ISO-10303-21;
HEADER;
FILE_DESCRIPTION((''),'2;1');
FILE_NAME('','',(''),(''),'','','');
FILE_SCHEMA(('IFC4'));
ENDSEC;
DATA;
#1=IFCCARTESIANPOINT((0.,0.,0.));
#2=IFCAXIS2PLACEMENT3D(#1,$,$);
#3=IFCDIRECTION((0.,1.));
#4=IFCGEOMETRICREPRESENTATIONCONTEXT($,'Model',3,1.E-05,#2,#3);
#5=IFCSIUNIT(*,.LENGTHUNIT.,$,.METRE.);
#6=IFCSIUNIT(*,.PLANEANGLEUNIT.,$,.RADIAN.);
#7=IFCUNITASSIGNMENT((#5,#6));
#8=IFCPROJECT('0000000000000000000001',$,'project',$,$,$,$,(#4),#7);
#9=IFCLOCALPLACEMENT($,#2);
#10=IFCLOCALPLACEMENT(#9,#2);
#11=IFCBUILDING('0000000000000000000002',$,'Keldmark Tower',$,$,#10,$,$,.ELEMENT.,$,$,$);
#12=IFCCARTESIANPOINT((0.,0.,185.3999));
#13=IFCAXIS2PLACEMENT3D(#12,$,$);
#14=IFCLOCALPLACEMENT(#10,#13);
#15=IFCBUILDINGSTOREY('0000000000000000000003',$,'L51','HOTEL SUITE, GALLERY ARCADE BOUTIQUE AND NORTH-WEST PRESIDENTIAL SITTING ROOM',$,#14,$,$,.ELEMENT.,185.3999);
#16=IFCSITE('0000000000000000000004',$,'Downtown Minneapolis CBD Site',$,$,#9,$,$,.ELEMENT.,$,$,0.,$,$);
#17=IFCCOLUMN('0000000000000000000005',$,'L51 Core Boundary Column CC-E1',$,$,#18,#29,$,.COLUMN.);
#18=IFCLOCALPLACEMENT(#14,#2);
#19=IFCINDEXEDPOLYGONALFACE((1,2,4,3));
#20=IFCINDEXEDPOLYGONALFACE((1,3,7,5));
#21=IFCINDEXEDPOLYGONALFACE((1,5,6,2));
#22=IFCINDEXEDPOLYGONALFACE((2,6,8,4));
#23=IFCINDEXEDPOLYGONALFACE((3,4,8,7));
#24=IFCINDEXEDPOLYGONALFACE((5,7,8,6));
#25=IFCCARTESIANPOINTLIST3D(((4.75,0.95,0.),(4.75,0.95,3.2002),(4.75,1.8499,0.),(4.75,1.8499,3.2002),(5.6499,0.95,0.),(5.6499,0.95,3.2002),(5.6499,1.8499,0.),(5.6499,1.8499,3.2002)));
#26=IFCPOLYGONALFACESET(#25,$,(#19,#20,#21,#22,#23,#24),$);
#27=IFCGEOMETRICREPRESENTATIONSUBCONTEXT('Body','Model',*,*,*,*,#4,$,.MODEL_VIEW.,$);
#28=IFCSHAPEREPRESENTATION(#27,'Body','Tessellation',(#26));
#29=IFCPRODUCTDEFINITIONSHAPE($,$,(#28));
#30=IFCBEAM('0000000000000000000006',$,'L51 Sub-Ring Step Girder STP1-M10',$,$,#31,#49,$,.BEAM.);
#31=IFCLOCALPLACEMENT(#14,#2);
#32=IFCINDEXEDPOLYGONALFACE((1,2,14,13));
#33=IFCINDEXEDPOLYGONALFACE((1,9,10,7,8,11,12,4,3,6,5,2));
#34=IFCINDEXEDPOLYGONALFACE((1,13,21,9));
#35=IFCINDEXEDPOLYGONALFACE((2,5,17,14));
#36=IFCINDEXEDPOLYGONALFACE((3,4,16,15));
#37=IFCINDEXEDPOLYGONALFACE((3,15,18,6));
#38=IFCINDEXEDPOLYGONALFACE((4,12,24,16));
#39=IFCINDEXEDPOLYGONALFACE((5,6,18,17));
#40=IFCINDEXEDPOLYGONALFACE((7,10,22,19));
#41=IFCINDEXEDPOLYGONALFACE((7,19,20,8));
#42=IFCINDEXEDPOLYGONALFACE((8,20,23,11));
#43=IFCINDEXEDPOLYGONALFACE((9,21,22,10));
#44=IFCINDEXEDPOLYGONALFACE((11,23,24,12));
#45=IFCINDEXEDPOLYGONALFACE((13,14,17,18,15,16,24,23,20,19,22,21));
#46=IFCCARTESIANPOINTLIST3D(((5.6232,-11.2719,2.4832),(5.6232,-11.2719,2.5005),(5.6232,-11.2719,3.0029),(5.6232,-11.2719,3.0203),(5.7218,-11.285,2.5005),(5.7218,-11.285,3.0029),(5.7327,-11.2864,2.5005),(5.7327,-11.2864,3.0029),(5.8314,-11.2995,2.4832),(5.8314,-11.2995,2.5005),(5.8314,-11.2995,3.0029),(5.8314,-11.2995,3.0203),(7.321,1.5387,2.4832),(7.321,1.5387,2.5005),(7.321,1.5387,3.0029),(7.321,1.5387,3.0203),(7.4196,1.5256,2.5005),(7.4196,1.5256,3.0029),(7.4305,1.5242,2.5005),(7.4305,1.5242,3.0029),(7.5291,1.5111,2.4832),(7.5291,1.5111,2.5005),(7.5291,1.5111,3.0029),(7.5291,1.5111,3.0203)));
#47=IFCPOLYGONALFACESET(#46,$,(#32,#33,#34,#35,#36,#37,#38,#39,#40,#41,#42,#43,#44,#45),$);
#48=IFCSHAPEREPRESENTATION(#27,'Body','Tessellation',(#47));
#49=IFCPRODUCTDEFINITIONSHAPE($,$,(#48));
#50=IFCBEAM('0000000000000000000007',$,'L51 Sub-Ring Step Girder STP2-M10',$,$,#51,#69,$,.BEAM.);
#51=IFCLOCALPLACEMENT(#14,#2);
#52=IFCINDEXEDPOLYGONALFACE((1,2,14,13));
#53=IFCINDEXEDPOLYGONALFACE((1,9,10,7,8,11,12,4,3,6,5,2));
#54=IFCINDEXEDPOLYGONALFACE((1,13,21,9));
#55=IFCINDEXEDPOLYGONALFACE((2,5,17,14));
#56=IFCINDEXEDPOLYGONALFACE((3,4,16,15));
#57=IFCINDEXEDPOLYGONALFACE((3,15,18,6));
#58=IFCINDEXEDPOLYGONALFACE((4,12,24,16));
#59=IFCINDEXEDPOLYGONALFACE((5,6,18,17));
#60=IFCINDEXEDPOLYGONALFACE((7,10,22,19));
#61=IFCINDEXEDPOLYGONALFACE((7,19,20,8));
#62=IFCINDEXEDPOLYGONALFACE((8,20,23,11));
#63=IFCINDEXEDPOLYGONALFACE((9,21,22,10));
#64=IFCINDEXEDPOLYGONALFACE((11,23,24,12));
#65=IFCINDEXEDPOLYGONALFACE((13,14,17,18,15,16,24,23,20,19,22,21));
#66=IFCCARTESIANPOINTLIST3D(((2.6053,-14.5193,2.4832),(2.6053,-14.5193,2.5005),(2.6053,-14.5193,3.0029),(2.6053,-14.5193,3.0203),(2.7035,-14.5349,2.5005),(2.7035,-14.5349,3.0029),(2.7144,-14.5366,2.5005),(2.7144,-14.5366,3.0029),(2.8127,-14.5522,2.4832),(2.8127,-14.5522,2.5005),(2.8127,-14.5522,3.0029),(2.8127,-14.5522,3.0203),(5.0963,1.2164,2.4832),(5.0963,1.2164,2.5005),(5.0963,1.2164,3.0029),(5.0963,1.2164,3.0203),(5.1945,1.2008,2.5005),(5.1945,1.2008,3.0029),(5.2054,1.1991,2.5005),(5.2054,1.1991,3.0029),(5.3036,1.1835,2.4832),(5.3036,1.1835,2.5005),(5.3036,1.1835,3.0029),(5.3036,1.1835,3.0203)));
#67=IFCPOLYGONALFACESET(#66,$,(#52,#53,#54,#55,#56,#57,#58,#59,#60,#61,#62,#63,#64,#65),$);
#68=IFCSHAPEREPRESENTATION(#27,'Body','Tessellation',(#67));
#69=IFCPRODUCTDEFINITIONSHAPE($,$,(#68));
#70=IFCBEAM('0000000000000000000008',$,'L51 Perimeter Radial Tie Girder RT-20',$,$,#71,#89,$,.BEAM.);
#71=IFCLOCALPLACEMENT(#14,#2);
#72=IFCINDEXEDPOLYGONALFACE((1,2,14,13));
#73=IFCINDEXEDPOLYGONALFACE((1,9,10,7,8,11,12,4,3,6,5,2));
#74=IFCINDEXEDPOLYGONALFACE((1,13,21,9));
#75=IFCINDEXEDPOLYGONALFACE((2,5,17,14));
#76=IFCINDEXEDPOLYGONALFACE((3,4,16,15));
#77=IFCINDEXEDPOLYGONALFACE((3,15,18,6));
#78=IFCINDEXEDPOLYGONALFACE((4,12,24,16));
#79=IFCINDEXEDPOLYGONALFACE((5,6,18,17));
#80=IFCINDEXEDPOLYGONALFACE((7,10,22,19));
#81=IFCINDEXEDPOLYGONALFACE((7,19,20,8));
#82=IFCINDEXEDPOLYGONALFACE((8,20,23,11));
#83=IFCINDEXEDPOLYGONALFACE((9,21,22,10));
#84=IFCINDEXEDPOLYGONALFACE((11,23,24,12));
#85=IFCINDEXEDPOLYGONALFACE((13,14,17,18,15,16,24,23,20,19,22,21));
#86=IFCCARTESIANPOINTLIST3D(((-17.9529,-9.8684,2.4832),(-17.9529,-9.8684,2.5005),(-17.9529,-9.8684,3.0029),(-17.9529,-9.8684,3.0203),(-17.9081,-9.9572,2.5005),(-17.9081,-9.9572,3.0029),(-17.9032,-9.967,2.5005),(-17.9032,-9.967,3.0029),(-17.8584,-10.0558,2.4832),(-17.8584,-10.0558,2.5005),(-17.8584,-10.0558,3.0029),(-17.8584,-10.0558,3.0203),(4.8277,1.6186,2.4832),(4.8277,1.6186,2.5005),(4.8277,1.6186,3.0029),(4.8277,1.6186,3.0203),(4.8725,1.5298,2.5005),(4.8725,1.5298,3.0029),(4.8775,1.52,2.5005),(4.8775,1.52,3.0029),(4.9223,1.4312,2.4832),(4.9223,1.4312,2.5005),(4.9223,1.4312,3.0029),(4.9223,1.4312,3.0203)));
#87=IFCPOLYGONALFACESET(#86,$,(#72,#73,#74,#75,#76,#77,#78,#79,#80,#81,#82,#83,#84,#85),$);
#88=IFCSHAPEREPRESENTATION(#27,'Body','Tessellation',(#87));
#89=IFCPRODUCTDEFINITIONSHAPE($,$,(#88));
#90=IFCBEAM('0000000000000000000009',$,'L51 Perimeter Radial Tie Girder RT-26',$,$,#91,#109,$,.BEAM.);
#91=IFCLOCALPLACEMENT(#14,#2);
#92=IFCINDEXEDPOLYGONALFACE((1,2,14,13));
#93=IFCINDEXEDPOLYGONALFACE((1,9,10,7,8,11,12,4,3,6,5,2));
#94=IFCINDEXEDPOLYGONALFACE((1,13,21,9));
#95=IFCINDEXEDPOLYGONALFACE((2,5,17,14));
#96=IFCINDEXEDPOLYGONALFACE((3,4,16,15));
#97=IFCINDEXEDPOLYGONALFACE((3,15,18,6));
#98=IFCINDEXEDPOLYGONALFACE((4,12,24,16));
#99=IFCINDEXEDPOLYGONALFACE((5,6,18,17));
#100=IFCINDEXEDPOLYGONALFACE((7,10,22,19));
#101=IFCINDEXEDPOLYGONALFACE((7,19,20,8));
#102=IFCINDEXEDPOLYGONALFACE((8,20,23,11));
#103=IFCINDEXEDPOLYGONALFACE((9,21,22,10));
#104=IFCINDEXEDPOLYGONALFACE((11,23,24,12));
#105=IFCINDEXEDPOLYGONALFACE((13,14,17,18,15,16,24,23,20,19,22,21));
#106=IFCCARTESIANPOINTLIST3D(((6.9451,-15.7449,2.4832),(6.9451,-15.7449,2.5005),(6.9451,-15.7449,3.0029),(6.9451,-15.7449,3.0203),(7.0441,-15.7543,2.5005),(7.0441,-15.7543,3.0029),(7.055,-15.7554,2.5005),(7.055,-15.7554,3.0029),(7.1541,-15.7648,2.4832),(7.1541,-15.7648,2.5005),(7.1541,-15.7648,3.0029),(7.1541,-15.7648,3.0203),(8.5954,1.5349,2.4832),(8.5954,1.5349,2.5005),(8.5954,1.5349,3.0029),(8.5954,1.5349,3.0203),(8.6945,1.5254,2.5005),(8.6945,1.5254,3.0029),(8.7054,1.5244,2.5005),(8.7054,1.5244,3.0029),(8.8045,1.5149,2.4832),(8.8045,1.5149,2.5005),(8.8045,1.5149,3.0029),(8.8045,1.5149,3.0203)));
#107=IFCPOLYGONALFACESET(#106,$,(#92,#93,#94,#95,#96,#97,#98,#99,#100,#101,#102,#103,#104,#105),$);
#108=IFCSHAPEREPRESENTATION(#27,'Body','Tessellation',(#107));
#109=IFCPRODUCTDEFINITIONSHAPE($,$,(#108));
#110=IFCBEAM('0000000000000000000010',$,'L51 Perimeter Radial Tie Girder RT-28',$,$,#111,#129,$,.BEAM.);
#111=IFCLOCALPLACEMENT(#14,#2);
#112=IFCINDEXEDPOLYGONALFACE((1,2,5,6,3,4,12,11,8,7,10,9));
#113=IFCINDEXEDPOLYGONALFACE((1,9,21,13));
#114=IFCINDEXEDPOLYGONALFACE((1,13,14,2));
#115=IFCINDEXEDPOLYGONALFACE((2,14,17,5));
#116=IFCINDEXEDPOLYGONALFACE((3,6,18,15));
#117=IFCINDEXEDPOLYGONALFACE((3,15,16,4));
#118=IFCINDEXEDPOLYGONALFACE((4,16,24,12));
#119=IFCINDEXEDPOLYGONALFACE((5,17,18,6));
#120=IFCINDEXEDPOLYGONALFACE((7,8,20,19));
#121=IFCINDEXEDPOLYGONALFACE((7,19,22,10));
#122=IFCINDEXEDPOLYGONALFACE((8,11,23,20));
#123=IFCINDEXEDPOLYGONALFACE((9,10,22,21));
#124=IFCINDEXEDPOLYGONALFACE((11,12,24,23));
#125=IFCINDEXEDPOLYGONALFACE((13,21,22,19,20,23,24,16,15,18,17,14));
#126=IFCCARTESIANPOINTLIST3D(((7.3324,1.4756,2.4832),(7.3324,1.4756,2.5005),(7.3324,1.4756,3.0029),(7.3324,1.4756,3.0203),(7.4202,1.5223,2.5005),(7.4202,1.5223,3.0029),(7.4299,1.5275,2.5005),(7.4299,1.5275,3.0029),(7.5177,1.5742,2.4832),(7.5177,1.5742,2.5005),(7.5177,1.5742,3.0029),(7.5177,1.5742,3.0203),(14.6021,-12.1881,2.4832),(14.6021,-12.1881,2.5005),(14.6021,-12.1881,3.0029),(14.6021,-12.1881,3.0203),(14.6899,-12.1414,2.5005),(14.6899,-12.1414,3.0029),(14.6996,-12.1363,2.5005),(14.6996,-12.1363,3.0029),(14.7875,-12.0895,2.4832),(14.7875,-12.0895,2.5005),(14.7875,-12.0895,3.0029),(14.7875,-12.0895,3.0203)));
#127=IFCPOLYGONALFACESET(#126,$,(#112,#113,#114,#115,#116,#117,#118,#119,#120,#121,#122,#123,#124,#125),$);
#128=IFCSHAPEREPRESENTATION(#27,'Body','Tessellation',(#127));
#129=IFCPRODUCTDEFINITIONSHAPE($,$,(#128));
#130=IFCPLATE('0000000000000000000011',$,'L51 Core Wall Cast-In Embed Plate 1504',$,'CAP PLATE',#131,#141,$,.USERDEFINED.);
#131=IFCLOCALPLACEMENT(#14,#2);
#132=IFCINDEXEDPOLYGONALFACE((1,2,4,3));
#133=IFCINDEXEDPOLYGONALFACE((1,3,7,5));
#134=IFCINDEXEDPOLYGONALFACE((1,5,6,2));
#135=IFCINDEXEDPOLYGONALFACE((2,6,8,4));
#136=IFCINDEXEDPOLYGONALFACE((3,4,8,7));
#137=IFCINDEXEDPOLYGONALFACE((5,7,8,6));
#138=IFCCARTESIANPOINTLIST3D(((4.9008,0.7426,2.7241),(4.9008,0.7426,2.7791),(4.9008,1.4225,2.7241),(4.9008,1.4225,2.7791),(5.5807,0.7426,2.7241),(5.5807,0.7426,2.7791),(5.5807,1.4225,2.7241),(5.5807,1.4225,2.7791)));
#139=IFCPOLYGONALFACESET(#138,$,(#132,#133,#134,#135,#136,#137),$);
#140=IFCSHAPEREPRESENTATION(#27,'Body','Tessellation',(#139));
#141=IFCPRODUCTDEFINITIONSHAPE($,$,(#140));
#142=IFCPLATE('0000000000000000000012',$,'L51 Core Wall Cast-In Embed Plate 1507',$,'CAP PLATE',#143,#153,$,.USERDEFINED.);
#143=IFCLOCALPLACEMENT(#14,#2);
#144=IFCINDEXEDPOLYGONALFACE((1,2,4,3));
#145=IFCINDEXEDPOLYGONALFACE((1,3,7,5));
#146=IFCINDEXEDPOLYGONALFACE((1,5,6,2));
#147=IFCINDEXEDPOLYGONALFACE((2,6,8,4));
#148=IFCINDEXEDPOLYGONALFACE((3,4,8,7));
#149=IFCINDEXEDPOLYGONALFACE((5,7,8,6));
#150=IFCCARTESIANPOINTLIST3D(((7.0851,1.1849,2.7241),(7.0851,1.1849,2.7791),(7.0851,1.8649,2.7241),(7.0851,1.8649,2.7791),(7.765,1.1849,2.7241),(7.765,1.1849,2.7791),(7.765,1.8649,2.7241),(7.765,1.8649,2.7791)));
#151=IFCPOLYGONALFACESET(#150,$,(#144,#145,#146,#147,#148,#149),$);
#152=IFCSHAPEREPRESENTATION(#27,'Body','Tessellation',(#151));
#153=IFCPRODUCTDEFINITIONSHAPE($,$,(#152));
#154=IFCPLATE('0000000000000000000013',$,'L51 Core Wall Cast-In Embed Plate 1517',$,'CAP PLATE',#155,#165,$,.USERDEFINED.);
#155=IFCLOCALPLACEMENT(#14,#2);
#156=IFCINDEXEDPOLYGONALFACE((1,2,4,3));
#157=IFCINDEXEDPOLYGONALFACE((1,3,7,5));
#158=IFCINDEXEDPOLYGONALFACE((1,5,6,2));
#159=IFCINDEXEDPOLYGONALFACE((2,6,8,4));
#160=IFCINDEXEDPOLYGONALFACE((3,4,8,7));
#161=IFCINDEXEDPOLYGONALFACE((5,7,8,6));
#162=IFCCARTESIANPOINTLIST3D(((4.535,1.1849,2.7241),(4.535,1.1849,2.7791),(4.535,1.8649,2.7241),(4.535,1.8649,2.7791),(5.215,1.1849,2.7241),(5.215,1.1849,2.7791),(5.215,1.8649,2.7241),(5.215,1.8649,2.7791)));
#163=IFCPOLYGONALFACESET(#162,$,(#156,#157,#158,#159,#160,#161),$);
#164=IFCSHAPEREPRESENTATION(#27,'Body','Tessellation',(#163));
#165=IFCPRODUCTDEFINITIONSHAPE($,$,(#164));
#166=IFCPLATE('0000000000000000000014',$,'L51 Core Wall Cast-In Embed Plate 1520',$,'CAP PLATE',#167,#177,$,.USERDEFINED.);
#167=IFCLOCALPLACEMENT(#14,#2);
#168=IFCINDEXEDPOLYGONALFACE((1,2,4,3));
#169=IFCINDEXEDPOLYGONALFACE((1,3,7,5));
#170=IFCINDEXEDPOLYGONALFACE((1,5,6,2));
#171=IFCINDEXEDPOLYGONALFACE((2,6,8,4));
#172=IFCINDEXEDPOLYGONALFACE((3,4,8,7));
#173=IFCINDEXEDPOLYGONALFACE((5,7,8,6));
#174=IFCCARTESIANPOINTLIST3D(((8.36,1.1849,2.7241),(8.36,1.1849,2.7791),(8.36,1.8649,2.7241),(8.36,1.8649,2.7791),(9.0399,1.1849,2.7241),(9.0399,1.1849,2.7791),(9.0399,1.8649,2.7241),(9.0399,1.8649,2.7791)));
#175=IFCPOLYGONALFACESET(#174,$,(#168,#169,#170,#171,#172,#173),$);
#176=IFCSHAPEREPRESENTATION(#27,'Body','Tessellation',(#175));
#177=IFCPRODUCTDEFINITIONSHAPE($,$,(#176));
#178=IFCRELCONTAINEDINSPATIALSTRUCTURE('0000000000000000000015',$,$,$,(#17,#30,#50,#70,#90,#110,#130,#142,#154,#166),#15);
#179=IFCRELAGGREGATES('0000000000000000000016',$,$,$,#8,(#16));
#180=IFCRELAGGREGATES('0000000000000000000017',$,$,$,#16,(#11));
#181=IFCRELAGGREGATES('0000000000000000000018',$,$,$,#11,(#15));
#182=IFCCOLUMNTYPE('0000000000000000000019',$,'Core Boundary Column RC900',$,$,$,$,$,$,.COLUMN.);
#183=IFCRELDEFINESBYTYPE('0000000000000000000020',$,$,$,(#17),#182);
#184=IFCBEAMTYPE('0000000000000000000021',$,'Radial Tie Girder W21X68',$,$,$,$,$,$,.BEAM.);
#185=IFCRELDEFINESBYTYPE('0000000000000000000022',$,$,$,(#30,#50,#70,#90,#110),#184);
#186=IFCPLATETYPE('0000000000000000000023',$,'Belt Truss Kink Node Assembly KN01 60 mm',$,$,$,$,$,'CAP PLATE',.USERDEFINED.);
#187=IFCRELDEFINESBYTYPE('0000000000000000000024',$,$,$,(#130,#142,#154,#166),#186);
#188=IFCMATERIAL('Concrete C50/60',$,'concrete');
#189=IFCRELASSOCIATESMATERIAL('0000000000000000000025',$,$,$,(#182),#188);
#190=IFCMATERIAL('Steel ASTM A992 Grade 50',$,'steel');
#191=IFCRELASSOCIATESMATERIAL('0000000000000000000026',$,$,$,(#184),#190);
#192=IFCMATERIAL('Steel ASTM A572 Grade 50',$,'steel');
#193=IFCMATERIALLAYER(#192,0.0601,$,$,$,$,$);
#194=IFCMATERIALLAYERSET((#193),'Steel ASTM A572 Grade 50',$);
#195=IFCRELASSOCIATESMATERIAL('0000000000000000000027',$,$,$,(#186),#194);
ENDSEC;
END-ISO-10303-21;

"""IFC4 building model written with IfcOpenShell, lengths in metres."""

from ifc_helpers import new_model, si_unit, direction, frame, origin, origin_2d, place, context, subcontext, project, spatial, rectangle, i_section, extrude, material, layer, layer_set, material_profile, profile_set, type_object, element, save


model = new_model("IFC4")

# Units and contexts
model_context = context("Model", 3, precision=1e-05, world=origin(), true_north=direction((0.0, 1.0)))
body_context = subcontext(model_context, "Body", "Model", "MODEL_VIEW")
ifc_project = project(units=[si_unit("LENGTHUNIT", "METRE"), si_unit("PLANEANGLEUNIT", "RADIAN")], contexts=[model_context])

# Site, building, storey
site_placement = place(None, origin())
site = spatial("IfcSite", under=ifc_project, at=site_placement, Name="Downtown Minneapolis CBD Site", CompositionType="ELEMENT", RefElevation=0.0)
building_placement = place(site_placement, origin())
building = spatial("IfcBuilding", under=site, at=building_placement, Name="Keldmark Tower", CompositionType="ELEMENT")
storey_placement = place(building_placement, frame((0.0, 0.0, 185.3999)))
storey = spatial("IfcBuildingStorey", under=building, at=storey_placement, Name="L51", Description="HOTEL SUITE, GALLERY ARCADE BOUTIQUE AND NORTH-WEST PRESIDENTIAL SITTING ROOM", CompositionType="ELEMENT", Elevation=185.3999)

# Column
ifc_material_1 = material(Name="Concrete C50/60", Category="concrete")
ifc_material_profile_1 = material_profile(ifc_material_1, rectangle(XDim=0.8999, YDim=0.8999, at=origin_2d()), Name="RC900X900")
ifc_profile_set_1 = profile_set([ifc_material_profile_1], Name="Concrete C50/60")
column_type = type_object("IfcColumnType", Name="Core Boundary Column RC900", PredefinedType="COLUMN", material=ifc_profile_set_1)
column_placement = place(storey_placement, frame((5.2, 1.3999, 0.0), z_axis=(0.0, 0.0, 1.0), x_axis=(1.0, 0.0, 0.0)))
element("IfcColumn", 1, at=column_placement, inside=storey, type_object=column_type, Name="L51 Core Boundary Column CC-E1", PredefinedType="COLUMN", context=body_context, shape_type="SweptSolid", body=[
    extrude(rectangle(XDim=0.8999, YDim=0.8999, at=origin_2d()), origin(), (0.0, 0.0, 1.0), 3.2002),
])

# Beams
ifc_material_2 = material(Name="Steel ASTM A992 Grade 50", Category="steel")
ifc_material_profile_2 = material_profile(ifc_material_2, i_section(OverallWidth=0.21, OverallDepth=0.5371, WebThickness=0.011, FlangeThickness=0.0173, at=origin_2d()), Name="W21X68")
ifc_profile_set_2 = profile_set([ifc_material_profile_2], Name="Steel ASTM A992 Grade 50")
beam_type = type_object("IfcBeamType", Name="Radial Tie Girder W21X68", PredefinedType="BEAM", material=ifc_profile_set_2)
beam_1_placement = place(storey_placement, frame((7.425, 1.5249, 2.7517), z_axis=(-0.131379, -0.991332, 0.0), x_axis=(0.991332, -0.131379, 0.0)))
element("IfcBeam", 2, at=beam_1_placement, inside=storey, type_object=beam_type, Name="L51 Sub-Ring Step Girder STP1-M10", PredefinedType="BEAM", context=body_context, shape_type="SweptSolid", body=[
    extrude(i_section(OverallWidth=0.21, OverallDepth=0.5371, WebThickness=0.011, FlangeThickness=0.0173, at=origin_2d()), origin(), (0.0, 0.0, 1.0), 12.9226),
])
beam_2_placement = place(storey_placement, frame((5.2, 1.2, 2.7517), z_axis=(-0.156354, -0.987701, 0.0), x_axis=(0.987701, -0.156354, 0.0)))
element("IfcBeam", 3, at=beam_2_placement, inside=storey, type_object=beam_type, Name="L51 Sub-Ring Step Girder STP2-M10", PredefinedType="BEAM", context=body_context, shape_type="SweptSolid", body=[
    extrude(i_section(OverallWidth=0.21, OverallDepth=0.5371, WebThickness=0.011, FlangeThickness=0.0173, at=origin_2d()), origin(), (0.0, 0.0, 1.0), 15.9316),
])
beam_3_placement = place(storey_placement, frame((4.875, 1.5249, 2.7517), z_axis=(-0.892906, -0.450243, 0.0), x_axis=(0.450243, -0.892906, 0.0)))
element("IfcBeam", 4, at=beam_3_placement, inside=storey, type_object=beam_type, Name="L51 Perimeter Radial Tie Girder RT-20", PredefinedType="BEAM", context=body_context, shape_type="SweptSolid", body=[
    extrude(i_section(OverallWidth=0.21, OverallDepth=0.5371, WebThickness=0.011, FlangeThickness=0.0173, at=origin_2d()), origin(), (0.0, 0.0, 1.0), 25.5129),
])
beam_4_placement = place(storey_placement, frame((8.7, 1.5249, 2.7517), z_axis=(-0.095077, -0.99547, 0.0), x_axis=(0.99547, -0.095077, 0.0)))
element("IfcBeam", 5, at=beam_4_placement, inside=storey, type_object=beam_type, Name="L51 Perimeter Radial Tie Girder RT-26", PredefinedType="BEAM", context=body_context, shape_type="SweptSolid", body=[
    extrude(i_section(OverallWidth=0.21, OverallDepth=0.5371, WebThickness=0.011, FlangeThickness=0.0173, at=origin_2d()), origin(), (0.0, 0.0, 1.0), 17.3584),
])
beam_5_placement = place(storey_placement, frame((7.425, 1.5249, 2.7517), z_axis=(0.469703, -0.882825, 0.0), x_axis=(0.882825, 0.469703, 0.0)))
element("IfcBeam", 6, at=beam_5_placement, inside=storey, type_object=beam_type, Name="L51 Perimeter Radial Tie Girder RT-28", PredefinedType="BEAM", context=body_context, shape_type="SweptSolid", body=[
    extrude(i_section(OverallWidth=0.21, OverallDepth=0.5371, WebThickness=0.011, FlangeThickness=0.0173, at=origin_2d()), origin(), (0.0, 0.0, 1.0), 15.4773),
])

# Plates
ifc_material_3 = material(Name="Steel ASTM A572 Grade 50", Category="steel")
ifc_layer_1 = layer(ifc_material_3, 0.0601)
ifc_layer_set_1 = layer_set([ifc_layer_1], Name="Steel ASTM A572 Grade 50")
plate_type = type_object("IfcPlateType", Name="Belt Truss Kink Node Assembly KN01 60 mm", ElementType="CAP PLATE", PredefinedType="USERDEFINED", material=ifc_layer_set_1)
for number, where, z_axis, x_axis, name in (
    (7, (5.2407, 1.0825, 2.7241), (0.0, 0.0, 1.0), (1.0, 0.0, 0.0), "L51 Core Wall Cast-In Embed Plate 1504"),
    (8, (7.425, 1.5249, 2.7241), (0.0, 0.0, 1.0), (1.0, 0.0, 0.0), "L51 Core Wall Cast-In Embed Plate 1507"),
    (9, (4.875, 1.5249, 2.7241), (0.0, 0.0, 1.0), (1.0, 0.0, 0.0), "L51 Core Wall Cast-In Embed Plate 1517"),
    (10, (8.7, 1.5249, 2.7241), (0.0, 0.0, 1.0), (1.0, 0.0, 0.0), "L51 Core Wall Cast-In Embed Plate 1520"),
):
    element("IfcPlate", number, at=place(storey_placement, frame(where, z_axis=z_axis, x_axis=x_axis)), inside=storey, type_object=plate_type, Name=name, ObjectType="CAP PLATE", PredefinedType="USERDEFINED", context=body_context, shape_type="SweptSolid", body=[
        extrude(rectangle(XDim=0.6799, YDim=0.6799, at=origin_2d()), origin(), (0.0, 0.0, 1.0), 0.0549),
    ])

save(model, "model.ifc")
